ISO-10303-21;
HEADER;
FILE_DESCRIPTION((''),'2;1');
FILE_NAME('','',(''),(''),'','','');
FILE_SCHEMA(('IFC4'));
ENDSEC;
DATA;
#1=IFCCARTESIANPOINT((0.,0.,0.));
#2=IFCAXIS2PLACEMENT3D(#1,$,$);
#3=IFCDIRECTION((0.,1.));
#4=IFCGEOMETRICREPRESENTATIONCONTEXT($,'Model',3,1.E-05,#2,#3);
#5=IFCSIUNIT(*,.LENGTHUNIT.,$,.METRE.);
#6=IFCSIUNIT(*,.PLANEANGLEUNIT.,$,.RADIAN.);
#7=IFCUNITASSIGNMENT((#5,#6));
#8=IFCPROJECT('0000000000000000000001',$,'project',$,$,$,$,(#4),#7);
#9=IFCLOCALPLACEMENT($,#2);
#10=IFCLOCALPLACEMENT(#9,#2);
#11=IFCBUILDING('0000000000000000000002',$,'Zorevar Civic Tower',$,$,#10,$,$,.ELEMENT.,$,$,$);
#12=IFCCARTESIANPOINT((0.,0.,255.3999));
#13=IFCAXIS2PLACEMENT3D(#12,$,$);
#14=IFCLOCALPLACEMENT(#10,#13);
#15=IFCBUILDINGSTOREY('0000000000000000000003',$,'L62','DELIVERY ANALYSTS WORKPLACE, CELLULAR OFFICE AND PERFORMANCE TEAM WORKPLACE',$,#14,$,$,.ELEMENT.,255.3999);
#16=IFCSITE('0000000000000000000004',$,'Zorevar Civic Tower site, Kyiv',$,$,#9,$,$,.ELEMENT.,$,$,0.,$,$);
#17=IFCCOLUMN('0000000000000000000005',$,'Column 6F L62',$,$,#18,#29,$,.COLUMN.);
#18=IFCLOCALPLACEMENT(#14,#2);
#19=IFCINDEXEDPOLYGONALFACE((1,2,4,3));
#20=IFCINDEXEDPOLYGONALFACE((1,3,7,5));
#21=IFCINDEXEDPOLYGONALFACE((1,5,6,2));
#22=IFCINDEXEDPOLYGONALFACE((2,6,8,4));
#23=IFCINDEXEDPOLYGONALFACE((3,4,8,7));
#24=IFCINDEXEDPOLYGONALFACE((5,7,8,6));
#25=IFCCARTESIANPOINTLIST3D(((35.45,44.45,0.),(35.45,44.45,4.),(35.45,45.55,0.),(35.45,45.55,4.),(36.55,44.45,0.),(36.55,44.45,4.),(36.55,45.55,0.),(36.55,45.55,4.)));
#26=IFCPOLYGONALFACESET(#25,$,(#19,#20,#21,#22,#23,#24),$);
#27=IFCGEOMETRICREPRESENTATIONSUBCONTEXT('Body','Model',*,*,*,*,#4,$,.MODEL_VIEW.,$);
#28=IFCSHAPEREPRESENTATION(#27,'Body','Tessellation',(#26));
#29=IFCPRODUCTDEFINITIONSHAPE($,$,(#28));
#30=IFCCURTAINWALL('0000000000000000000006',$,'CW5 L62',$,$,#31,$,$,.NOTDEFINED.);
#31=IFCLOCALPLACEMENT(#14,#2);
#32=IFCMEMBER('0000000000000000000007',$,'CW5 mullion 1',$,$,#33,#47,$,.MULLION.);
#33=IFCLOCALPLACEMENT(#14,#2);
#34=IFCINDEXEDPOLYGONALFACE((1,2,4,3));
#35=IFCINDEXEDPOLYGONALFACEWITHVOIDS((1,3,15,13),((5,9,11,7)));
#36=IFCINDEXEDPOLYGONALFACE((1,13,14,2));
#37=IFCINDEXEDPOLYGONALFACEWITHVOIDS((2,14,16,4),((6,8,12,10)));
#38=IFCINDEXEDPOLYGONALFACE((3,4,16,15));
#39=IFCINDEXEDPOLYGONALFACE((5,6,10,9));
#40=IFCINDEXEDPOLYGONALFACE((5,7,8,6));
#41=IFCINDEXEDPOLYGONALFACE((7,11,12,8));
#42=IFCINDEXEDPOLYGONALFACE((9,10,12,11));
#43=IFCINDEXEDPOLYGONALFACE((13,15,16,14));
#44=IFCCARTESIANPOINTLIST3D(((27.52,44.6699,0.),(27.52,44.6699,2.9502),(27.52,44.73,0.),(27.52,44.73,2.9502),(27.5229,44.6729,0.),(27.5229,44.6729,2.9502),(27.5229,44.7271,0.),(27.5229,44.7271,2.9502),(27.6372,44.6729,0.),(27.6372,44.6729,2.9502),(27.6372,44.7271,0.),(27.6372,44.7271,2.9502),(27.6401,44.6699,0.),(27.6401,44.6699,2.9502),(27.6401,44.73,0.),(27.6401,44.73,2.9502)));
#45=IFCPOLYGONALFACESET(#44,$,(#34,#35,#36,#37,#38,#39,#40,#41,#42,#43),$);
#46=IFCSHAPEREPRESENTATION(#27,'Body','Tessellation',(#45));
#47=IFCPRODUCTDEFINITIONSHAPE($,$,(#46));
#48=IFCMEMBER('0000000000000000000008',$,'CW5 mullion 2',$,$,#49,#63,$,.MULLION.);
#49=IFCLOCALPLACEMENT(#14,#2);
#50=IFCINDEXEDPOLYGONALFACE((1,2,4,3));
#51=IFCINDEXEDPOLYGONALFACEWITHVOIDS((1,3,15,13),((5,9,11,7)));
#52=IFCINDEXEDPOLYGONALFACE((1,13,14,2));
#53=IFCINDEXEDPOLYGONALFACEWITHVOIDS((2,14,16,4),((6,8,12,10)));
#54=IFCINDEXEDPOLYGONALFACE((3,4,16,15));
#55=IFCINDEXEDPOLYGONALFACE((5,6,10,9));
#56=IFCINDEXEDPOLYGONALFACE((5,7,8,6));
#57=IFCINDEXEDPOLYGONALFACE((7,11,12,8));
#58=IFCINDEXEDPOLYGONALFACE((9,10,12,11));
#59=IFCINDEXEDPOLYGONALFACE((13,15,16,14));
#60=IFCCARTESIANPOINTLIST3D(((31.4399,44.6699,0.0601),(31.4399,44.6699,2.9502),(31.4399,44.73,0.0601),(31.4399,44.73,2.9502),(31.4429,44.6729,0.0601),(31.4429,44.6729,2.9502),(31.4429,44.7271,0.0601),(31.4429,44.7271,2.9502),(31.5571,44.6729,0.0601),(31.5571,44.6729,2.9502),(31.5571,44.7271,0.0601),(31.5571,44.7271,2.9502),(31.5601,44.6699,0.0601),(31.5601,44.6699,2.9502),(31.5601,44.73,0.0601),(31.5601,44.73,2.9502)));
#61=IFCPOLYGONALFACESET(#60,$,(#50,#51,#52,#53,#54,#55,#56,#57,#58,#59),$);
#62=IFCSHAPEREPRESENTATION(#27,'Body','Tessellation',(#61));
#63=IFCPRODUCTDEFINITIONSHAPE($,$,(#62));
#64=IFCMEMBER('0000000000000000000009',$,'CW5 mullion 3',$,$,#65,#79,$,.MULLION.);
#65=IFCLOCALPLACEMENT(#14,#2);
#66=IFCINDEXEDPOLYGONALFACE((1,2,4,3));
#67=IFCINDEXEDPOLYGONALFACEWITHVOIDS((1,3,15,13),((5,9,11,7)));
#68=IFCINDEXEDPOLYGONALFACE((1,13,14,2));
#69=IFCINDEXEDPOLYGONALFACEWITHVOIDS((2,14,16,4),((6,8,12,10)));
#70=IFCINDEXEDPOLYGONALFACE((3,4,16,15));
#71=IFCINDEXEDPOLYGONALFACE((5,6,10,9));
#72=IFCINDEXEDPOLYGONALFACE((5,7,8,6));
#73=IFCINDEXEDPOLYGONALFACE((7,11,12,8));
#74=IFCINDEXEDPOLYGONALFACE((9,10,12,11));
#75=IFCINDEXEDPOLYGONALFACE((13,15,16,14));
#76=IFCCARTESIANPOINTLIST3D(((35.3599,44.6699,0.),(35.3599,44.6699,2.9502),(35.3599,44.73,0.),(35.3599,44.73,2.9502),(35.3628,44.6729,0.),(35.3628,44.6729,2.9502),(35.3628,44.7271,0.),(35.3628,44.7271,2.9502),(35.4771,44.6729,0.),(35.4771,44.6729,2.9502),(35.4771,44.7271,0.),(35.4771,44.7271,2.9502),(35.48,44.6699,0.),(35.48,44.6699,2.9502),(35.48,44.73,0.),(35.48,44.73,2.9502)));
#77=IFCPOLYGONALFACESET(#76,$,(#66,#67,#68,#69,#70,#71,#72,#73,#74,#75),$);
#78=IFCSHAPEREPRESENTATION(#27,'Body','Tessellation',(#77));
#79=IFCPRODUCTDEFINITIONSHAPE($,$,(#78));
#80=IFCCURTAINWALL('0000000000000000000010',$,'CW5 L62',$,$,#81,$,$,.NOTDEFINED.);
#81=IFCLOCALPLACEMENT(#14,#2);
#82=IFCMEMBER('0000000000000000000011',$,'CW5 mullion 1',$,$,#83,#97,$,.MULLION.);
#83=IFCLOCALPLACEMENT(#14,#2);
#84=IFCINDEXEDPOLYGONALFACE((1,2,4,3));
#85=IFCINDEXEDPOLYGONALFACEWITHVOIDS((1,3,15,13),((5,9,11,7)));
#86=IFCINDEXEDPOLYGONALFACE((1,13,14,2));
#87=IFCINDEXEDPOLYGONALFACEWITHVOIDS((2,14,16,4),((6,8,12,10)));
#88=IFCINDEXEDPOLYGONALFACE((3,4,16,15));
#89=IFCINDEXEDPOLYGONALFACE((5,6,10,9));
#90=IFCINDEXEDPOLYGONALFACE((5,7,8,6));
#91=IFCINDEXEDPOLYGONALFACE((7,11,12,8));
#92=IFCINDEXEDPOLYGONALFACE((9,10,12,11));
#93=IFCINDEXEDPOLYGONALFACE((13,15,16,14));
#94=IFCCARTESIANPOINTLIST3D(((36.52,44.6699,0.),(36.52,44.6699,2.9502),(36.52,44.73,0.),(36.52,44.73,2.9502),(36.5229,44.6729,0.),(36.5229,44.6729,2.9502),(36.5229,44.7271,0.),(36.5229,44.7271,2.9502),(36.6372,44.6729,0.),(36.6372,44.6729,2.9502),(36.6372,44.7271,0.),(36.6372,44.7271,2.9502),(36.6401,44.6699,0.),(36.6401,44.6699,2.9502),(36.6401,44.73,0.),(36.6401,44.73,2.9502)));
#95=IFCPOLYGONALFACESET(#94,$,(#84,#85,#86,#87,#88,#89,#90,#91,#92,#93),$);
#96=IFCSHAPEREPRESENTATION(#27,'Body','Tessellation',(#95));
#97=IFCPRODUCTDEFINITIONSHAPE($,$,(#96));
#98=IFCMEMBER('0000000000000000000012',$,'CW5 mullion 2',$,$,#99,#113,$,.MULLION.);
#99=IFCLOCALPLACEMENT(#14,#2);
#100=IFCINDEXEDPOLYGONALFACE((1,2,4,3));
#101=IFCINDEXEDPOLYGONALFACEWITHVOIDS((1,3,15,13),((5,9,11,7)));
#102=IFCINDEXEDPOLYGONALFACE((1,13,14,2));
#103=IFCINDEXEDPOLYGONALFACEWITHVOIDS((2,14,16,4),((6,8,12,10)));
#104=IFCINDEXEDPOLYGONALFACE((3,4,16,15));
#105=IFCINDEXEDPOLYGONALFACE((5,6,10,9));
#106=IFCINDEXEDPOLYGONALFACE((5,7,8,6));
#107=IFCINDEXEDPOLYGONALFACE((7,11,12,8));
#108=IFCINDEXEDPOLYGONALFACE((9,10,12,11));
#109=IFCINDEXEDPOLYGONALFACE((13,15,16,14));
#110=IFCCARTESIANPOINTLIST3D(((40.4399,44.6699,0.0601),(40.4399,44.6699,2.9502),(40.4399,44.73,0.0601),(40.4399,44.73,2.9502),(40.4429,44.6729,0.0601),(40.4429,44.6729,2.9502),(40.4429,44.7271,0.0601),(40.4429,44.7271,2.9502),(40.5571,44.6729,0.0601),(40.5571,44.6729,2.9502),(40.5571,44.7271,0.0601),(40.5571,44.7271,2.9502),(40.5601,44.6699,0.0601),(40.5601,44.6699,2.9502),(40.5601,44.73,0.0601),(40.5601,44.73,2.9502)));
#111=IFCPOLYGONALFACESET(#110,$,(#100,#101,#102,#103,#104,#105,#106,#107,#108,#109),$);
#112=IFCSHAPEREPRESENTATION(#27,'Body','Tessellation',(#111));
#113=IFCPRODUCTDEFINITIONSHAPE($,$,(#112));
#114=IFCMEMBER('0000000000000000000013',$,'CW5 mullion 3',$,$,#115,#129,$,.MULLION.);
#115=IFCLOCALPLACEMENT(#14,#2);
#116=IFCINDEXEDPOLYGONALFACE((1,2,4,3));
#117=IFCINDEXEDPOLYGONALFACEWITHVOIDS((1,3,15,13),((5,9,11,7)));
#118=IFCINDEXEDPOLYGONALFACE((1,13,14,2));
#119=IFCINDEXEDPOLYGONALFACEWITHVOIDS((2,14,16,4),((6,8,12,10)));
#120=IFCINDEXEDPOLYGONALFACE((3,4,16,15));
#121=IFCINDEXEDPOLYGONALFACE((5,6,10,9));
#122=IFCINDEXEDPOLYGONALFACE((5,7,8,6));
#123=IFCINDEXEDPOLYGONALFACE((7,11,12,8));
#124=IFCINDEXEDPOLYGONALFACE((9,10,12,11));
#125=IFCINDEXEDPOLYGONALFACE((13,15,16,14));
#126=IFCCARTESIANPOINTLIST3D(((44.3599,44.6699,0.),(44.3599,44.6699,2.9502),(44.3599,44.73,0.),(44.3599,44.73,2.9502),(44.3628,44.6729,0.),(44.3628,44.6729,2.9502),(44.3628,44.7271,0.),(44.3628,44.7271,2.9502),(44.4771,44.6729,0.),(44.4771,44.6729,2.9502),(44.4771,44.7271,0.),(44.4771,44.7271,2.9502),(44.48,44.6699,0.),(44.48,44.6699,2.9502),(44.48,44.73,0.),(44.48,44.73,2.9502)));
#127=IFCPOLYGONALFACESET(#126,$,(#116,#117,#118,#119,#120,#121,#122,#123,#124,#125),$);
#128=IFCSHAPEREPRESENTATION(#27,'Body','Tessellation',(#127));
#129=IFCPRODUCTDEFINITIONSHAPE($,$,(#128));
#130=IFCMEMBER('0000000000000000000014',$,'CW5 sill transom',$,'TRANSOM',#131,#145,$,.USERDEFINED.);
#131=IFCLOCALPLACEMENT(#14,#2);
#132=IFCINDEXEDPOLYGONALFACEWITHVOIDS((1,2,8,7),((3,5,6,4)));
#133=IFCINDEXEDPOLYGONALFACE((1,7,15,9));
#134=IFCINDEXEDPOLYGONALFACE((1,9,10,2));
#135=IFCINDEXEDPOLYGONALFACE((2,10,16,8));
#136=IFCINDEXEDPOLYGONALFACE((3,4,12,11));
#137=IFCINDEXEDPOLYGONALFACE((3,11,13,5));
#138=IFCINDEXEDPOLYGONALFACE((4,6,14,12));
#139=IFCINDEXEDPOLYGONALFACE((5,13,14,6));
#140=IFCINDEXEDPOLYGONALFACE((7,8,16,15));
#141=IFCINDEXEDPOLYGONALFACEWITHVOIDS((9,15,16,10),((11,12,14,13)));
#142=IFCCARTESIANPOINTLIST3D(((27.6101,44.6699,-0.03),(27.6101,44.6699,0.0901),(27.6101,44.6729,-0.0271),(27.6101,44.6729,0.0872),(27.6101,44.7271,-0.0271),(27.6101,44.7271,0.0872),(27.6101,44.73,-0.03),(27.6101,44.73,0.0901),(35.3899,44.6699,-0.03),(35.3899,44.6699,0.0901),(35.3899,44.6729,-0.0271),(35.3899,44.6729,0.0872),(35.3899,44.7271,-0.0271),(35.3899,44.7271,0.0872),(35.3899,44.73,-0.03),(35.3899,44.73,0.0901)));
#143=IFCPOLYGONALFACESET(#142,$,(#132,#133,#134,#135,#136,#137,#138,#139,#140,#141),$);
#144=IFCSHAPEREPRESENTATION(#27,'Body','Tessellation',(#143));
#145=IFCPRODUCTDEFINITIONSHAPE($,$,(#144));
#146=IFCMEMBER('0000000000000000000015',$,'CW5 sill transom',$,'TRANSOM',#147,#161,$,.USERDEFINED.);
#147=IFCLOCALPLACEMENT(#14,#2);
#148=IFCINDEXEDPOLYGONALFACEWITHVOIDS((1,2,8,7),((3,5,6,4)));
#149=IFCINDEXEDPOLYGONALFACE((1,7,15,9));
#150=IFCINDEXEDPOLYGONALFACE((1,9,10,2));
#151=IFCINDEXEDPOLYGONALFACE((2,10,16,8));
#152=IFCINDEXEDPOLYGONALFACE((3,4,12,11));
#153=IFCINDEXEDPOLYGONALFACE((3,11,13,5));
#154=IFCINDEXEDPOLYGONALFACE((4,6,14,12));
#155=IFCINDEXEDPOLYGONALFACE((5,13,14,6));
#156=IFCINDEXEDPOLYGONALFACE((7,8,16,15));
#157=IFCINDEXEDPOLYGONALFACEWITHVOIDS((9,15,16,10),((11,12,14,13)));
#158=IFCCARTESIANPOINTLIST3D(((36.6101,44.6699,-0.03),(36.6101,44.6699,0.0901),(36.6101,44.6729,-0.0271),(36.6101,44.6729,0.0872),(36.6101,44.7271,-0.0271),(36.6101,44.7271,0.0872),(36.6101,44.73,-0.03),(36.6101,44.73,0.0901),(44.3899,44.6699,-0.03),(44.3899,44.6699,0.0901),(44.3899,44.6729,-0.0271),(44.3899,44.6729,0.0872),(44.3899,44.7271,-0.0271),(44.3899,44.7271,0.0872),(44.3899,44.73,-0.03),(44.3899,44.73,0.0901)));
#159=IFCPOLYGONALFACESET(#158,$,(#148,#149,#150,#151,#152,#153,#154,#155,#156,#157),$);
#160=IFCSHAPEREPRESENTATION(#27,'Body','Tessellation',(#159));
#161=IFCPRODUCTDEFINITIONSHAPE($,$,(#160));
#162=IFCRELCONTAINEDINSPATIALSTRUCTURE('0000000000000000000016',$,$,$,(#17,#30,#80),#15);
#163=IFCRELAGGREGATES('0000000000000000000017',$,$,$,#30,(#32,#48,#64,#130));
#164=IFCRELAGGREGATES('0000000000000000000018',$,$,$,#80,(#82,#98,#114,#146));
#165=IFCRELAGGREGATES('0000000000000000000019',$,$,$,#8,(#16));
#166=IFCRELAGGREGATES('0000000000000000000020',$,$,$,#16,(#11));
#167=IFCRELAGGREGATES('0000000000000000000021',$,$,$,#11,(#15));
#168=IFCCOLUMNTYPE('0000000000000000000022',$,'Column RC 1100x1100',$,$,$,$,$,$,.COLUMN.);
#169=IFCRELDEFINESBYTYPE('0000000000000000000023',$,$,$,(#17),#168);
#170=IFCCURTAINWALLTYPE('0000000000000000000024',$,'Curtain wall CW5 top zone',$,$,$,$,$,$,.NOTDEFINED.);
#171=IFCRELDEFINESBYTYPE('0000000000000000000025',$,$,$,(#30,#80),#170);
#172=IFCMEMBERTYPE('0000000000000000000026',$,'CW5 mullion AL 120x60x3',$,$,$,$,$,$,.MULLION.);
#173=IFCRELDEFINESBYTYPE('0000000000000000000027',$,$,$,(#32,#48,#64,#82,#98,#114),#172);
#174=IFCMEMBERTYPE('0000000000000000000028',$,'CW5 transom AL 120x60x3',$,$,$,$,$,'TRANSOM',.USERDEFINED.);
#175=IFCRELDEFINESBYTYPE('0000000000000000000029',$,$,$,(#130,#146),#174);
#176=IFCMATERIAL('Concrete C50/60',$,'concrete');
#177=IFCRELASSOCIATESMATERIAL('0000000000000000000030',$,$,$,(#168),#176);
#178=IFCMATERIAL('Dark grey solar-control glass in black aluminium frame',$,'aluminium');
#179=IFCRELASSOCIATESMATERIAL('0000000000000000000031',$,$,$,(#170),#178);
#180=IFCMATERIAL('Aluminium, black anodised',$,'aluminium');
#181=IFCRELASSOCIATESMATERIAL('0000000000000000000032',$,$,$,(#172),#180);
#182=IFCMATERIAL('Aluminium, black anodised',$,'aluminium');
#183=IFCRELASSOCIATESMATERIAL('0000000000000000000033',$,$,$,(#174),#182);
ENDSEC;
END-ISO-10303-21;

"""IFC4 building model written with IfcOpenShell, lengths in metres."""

from ifc_helpers import new_model, si_unit, direction, frame, origin, origin_2d, place, context, subcontext, project, spatial, rectangle, hollow_rectangle, extrude, material, material_profile, profile_set, type_object, element, aggregate, save


model = new_model("IFC4")

# Units and contexts
model_context = context("Model", 3, precision=1e-05, world=origin(), true_north=direction((0.0, 1.0)))
body_context = subcontext(model_context, "Body", "Model", "MODEL_VIEW")
ifc_project = project(units=[si_unit("LENGTHUNIT", "METRE"), si_unit("PLANEANGLEUNIT", "RADIAN")], contexts=[model_context])

# Site, building, storey
site_placement = place(None, origin())
site = spatial("IfcSite", under=ifc_project, at=site_placement, Name="Zorevar Civic Tower site, Kyiv", CompositionType="ELEMENT", RefElevation=0.0)
building_placement = place(site_placement, origin())
building = spatial("IfcBuilding", under=site, at=building_placement, Name="Zorevar Civic Tower", CompositionType="ELEMENT")
storey_placement = place(building_placement, frame((0.0, 0.0, 255.3999)))
storey = spatial("IfcBuildingStorey", under=building, at=storey_placement, Name="L62", Description="DELIVERY ANALYSTS WORKPLACE, CELLULAR OFFICE AND PERFORMANCE TEAM WORKPLACE", CompositionType="ELEMENT", Elevation=255.3999)

# Column
ifc_material_1 = material(Name="Concrete C50/60", Category="concrete")
ifc_material_profile_1 = material_profile(ifc_material_1, rectangle(XDim=1.1001, YDim=1.1001, at=origin_2d()), Name="RC 1100x1100")
ifc_profile_set_1 = profile_set([ifc_material_profile_1], Name="Concrete C50/60")
column_type = type_object("IfcColumnType", Name="Column RC 1100x1100", PredefinedType="COLUMN", material=ifc_profile_set_1)
column_placement = place(storey_placement, frame((36.0, 45.0, 0.0), z_axis=(0.0, 0.0, 1.0), x_axis=(1.0, 0.0, 0.0)))
element("IfcColumn", 1, at=column_placement, inside=storey, type_object=column_type, Name="Column 6F L62", PredefinedType="COLUMN", context=body_context, shape_type="SweptSolid", body=[
    extrude(rectangle(XDim=1.1001, YDim=1.1001, at=origin_2d()), origin(), (0.0, 0.0, 1.0), 4.0),
])

# Curtain walls, members
ifc_material_2 = material(Name="Dark grey solar-control glass in black aluminium frame", Category="aluminium")
curtain_wall_type = type_object("IfcCurtainWallType", Name="Curtain wall CW5 top zone", PredefinedType="NOTDEFINED", material=ifc_material_2)
curtain_wall_1_placement = place(storey_placement, origin())
curtain_wall_1 = element("IfcCurtainWall", 2, at=curtain_wall_1_placement, inside=storey, type_object=curtain_wall_type, Name="CW5 L62", PredefinedType="NOTDEFINED")
ifc_material_3 = material(Name="Aluminium, black anodised", Category="aluminium")
ifc_material_profile_2 = material_profile(ifc_material_3, hollow_rectangle(XDim=0.0601, YDim=0.1201, WallThickness=0.0029, at=origin_2d()), Name="AL 120x60x3")
ifc_profile_set_2 = profile_set([ifc_material_profile_2], Name="Aluminium, black anodised")
member_type_1 = type_object("IfcMemberType", Name="CW5 mullion AL 120x60x3", PredefinedType="MULLION", material=ifc_profile_set_2)
member_1_placement = place(storey_placement, frame((27.5801, 44.7, 0.0), z_axis=(0.0, 0.0, 1.0), x_axis=(0.0, 1.0, 0.0)))
member_1 = element("IfcMember", 3, at=member_1_placement, type_object=member_type_1, Name="CW5 mullion 1", PredefinedType="MULLION", context=body_context, shape_type="SweptSolid", body=[
    extrude(hollow_rectangle(XDim=0.0601, YDim=0.1201, WallThickness=0.0029, at=origin_2d()), origin(), (0.0, 0.0, 1.0), 2.9502),
])
member_2_placement = place(storey_placement, frame((31.5, 44.7, 0.0601), z_axis=(0.0, 0.0, 1.0), x_axis=(0.0, 1.0, 0.0)))
member_2 = element("IfcMember", 4, at=member_2_placement, type_object=member_type_1, Name="CW5 mullion 2", PredefinedType="MULLION", context=body_context, shape_type="SweptSolid", body=[
    extrude(hollow_rectangle(XDim=0.0601, YDim=0.1201, WallThickness=0.0029, at=origin_2d()), origin(), (0.0, 0.0, 1.0), 2.8901),
])
member_3_placement = place(storey_placement, frame((35.4199, 44.7, 0.0), z_axis=(0.0, 0.0, 1.0), x_axis=(0.0, 1.0, 0.0)))
member_3 = element("IfcMember", 5, at=member_3_placement, type_object=member_type_1, Name="CW5 mullion 3", PredefinedType="MULLION", context=body_context, shape_type="SweptSolid", body=[
    extrude(hollow_rectangle(XDim=0.0601, YDim=0.1201, WallThickness=0.0029, at=origin_2d()), origin(), (0.0, 0.0, 1.0), 2.9502),
])
curtain_wall_2_placement = place(storey_placement, origin())
curtain_wall_2 = element("IfcCurtainWall", 6, at=curtain_wall_2_placement, inside=storey, type_object=curtain_wall_type, Name="CW5 L62", PredefinedType="NOTDEFINED")
member_4_placement = place(storey_placement, frame((36.5801, 44.7, 0.0), z_axis=(0.0, 0.0, 1.0), x_axis=(0.0, 1.0, 0.0)))
member_4 = element("IfcMember", 7, at=member_4_placement, type_object=member_type_1, Name="CW5 mullion 1", PredefinedType="MULLION", context=body_context, shape_type="SweptSolid", body=[
    extrude(hollow_rectangle(XDim=0.0601, YDim=0.1201, WallThickness=0.0029, at=origin_2d()), origin(), (0.0, 0.0, 1.0), 2.9502),
])
member_5_placement = place(storey_placement, frame((40.5, 44.7, 0.0601), z_axis=(0.0, 0.0, 1.0), x_axis=(0.0, 1.0, 0.0)))
member_5 = element("IfcMember", 8, at=member_5_placement, type_object=member_type_1, Name="CW5 mullion 2", PredefinedType="MULLION", context=body_context, shape_type="SweptSolid", body=[
    extrude(hollow_rectangle(XDim=0.0601, YDim=0.1201, WallThickness=0.0029, at=origin_2d()), origin(), (0.0, 0.0, 1.0), 2.8901),
])
member_6_placement = place(storey_placement, frame((44.4199, 44.7, 0.0), z_axis=(0.0, 0.0, 1.0), x_axis=(0.0, 1.0, 0.0)))
member_6 = element("IfcMember", 9, at=member_6_placement, type_object=member_type_1, Name="CW5 mullion 3", PredefinedType="MULLION", context=body_context, shape_type="SweptSolid", body=[
    extrude(hollow_rectangle(XDim=0.0601, YDim=0.1201, WallThickness=0.0029, at=origin_2d()), origin(), (0.0, 0.0, 1.0), 2.9502),
])

# Members
ifc_material_4 = material(Name="Aluminium, black anodised", Category="aluminium")
ifc_material_profile_3 = material_profile(ifc_material_4, hollow_rectangle(XDim=0.0601, YDim=0.1201, WallThickness=0.0029, at=origin_2d()), Name="AL 120x60x3")
ifc_profile_set_3 = profile_set([ifc_material_profile_3], Name="Aluminium, black anodised")
member_type_2 = type_object("IfcMemberType", Name="CW5 transom AL 120x60x3", ElementType="TRANSOM", PredefinedType="USERDEFINED", material=ifc_profile_set_3)
member_7_placement = place(storey_placement, frame((27.6101, 44.7, 0.03), z_axis=(1.0, 0.0, 0.0), x_axis=(0.0, 1.0, 0.0)))
member_7 = element("IfcMember", 10, at=member_7_placement, type_object=member_type_2, Name="CW5 sill transom", ObjectType="TRANSOM", PredefinedType="USERDEFINED", context=body_context, shape_type="SweptSolid", body=[
    extrude(hollow_rectangle(XDim=0.0601, YDim=0.1201, WallThickness=0.0029, at=origin_2d()), origin(), (0.0, 0.0, 1.0), 7.7798),
])
member_8_placement = place(storey_placement, frame((36.6101, 44.7, 0.03), z_axis=(1.0, 0.0, 0.0), x_axis=(0.0, 1.0, 0.0)))
member_8 = element("IfcMember", 11, at=member_8_placement, type_object=member_type_2, Name="CW5 sill transom", ObjectType="TRANSOM", PredefinedType="USERDEFINED", context=body_context, shape_type="SweptSolid", body=[
    extrude(hollow_rectangle(XDim=0.0601, YDim=0.1201, WallThickness=0.0029, at=origin_2d()), origin(), (0.0, 0.0, 1.0), 7.7798),
])

aggregate(curtain_wall_1, [member_1, member_2, member_3, member_7])
aggregate(curtain_wall_2, [member_4, member_5, member_6, member_8])

save(model, "model.ifc")
